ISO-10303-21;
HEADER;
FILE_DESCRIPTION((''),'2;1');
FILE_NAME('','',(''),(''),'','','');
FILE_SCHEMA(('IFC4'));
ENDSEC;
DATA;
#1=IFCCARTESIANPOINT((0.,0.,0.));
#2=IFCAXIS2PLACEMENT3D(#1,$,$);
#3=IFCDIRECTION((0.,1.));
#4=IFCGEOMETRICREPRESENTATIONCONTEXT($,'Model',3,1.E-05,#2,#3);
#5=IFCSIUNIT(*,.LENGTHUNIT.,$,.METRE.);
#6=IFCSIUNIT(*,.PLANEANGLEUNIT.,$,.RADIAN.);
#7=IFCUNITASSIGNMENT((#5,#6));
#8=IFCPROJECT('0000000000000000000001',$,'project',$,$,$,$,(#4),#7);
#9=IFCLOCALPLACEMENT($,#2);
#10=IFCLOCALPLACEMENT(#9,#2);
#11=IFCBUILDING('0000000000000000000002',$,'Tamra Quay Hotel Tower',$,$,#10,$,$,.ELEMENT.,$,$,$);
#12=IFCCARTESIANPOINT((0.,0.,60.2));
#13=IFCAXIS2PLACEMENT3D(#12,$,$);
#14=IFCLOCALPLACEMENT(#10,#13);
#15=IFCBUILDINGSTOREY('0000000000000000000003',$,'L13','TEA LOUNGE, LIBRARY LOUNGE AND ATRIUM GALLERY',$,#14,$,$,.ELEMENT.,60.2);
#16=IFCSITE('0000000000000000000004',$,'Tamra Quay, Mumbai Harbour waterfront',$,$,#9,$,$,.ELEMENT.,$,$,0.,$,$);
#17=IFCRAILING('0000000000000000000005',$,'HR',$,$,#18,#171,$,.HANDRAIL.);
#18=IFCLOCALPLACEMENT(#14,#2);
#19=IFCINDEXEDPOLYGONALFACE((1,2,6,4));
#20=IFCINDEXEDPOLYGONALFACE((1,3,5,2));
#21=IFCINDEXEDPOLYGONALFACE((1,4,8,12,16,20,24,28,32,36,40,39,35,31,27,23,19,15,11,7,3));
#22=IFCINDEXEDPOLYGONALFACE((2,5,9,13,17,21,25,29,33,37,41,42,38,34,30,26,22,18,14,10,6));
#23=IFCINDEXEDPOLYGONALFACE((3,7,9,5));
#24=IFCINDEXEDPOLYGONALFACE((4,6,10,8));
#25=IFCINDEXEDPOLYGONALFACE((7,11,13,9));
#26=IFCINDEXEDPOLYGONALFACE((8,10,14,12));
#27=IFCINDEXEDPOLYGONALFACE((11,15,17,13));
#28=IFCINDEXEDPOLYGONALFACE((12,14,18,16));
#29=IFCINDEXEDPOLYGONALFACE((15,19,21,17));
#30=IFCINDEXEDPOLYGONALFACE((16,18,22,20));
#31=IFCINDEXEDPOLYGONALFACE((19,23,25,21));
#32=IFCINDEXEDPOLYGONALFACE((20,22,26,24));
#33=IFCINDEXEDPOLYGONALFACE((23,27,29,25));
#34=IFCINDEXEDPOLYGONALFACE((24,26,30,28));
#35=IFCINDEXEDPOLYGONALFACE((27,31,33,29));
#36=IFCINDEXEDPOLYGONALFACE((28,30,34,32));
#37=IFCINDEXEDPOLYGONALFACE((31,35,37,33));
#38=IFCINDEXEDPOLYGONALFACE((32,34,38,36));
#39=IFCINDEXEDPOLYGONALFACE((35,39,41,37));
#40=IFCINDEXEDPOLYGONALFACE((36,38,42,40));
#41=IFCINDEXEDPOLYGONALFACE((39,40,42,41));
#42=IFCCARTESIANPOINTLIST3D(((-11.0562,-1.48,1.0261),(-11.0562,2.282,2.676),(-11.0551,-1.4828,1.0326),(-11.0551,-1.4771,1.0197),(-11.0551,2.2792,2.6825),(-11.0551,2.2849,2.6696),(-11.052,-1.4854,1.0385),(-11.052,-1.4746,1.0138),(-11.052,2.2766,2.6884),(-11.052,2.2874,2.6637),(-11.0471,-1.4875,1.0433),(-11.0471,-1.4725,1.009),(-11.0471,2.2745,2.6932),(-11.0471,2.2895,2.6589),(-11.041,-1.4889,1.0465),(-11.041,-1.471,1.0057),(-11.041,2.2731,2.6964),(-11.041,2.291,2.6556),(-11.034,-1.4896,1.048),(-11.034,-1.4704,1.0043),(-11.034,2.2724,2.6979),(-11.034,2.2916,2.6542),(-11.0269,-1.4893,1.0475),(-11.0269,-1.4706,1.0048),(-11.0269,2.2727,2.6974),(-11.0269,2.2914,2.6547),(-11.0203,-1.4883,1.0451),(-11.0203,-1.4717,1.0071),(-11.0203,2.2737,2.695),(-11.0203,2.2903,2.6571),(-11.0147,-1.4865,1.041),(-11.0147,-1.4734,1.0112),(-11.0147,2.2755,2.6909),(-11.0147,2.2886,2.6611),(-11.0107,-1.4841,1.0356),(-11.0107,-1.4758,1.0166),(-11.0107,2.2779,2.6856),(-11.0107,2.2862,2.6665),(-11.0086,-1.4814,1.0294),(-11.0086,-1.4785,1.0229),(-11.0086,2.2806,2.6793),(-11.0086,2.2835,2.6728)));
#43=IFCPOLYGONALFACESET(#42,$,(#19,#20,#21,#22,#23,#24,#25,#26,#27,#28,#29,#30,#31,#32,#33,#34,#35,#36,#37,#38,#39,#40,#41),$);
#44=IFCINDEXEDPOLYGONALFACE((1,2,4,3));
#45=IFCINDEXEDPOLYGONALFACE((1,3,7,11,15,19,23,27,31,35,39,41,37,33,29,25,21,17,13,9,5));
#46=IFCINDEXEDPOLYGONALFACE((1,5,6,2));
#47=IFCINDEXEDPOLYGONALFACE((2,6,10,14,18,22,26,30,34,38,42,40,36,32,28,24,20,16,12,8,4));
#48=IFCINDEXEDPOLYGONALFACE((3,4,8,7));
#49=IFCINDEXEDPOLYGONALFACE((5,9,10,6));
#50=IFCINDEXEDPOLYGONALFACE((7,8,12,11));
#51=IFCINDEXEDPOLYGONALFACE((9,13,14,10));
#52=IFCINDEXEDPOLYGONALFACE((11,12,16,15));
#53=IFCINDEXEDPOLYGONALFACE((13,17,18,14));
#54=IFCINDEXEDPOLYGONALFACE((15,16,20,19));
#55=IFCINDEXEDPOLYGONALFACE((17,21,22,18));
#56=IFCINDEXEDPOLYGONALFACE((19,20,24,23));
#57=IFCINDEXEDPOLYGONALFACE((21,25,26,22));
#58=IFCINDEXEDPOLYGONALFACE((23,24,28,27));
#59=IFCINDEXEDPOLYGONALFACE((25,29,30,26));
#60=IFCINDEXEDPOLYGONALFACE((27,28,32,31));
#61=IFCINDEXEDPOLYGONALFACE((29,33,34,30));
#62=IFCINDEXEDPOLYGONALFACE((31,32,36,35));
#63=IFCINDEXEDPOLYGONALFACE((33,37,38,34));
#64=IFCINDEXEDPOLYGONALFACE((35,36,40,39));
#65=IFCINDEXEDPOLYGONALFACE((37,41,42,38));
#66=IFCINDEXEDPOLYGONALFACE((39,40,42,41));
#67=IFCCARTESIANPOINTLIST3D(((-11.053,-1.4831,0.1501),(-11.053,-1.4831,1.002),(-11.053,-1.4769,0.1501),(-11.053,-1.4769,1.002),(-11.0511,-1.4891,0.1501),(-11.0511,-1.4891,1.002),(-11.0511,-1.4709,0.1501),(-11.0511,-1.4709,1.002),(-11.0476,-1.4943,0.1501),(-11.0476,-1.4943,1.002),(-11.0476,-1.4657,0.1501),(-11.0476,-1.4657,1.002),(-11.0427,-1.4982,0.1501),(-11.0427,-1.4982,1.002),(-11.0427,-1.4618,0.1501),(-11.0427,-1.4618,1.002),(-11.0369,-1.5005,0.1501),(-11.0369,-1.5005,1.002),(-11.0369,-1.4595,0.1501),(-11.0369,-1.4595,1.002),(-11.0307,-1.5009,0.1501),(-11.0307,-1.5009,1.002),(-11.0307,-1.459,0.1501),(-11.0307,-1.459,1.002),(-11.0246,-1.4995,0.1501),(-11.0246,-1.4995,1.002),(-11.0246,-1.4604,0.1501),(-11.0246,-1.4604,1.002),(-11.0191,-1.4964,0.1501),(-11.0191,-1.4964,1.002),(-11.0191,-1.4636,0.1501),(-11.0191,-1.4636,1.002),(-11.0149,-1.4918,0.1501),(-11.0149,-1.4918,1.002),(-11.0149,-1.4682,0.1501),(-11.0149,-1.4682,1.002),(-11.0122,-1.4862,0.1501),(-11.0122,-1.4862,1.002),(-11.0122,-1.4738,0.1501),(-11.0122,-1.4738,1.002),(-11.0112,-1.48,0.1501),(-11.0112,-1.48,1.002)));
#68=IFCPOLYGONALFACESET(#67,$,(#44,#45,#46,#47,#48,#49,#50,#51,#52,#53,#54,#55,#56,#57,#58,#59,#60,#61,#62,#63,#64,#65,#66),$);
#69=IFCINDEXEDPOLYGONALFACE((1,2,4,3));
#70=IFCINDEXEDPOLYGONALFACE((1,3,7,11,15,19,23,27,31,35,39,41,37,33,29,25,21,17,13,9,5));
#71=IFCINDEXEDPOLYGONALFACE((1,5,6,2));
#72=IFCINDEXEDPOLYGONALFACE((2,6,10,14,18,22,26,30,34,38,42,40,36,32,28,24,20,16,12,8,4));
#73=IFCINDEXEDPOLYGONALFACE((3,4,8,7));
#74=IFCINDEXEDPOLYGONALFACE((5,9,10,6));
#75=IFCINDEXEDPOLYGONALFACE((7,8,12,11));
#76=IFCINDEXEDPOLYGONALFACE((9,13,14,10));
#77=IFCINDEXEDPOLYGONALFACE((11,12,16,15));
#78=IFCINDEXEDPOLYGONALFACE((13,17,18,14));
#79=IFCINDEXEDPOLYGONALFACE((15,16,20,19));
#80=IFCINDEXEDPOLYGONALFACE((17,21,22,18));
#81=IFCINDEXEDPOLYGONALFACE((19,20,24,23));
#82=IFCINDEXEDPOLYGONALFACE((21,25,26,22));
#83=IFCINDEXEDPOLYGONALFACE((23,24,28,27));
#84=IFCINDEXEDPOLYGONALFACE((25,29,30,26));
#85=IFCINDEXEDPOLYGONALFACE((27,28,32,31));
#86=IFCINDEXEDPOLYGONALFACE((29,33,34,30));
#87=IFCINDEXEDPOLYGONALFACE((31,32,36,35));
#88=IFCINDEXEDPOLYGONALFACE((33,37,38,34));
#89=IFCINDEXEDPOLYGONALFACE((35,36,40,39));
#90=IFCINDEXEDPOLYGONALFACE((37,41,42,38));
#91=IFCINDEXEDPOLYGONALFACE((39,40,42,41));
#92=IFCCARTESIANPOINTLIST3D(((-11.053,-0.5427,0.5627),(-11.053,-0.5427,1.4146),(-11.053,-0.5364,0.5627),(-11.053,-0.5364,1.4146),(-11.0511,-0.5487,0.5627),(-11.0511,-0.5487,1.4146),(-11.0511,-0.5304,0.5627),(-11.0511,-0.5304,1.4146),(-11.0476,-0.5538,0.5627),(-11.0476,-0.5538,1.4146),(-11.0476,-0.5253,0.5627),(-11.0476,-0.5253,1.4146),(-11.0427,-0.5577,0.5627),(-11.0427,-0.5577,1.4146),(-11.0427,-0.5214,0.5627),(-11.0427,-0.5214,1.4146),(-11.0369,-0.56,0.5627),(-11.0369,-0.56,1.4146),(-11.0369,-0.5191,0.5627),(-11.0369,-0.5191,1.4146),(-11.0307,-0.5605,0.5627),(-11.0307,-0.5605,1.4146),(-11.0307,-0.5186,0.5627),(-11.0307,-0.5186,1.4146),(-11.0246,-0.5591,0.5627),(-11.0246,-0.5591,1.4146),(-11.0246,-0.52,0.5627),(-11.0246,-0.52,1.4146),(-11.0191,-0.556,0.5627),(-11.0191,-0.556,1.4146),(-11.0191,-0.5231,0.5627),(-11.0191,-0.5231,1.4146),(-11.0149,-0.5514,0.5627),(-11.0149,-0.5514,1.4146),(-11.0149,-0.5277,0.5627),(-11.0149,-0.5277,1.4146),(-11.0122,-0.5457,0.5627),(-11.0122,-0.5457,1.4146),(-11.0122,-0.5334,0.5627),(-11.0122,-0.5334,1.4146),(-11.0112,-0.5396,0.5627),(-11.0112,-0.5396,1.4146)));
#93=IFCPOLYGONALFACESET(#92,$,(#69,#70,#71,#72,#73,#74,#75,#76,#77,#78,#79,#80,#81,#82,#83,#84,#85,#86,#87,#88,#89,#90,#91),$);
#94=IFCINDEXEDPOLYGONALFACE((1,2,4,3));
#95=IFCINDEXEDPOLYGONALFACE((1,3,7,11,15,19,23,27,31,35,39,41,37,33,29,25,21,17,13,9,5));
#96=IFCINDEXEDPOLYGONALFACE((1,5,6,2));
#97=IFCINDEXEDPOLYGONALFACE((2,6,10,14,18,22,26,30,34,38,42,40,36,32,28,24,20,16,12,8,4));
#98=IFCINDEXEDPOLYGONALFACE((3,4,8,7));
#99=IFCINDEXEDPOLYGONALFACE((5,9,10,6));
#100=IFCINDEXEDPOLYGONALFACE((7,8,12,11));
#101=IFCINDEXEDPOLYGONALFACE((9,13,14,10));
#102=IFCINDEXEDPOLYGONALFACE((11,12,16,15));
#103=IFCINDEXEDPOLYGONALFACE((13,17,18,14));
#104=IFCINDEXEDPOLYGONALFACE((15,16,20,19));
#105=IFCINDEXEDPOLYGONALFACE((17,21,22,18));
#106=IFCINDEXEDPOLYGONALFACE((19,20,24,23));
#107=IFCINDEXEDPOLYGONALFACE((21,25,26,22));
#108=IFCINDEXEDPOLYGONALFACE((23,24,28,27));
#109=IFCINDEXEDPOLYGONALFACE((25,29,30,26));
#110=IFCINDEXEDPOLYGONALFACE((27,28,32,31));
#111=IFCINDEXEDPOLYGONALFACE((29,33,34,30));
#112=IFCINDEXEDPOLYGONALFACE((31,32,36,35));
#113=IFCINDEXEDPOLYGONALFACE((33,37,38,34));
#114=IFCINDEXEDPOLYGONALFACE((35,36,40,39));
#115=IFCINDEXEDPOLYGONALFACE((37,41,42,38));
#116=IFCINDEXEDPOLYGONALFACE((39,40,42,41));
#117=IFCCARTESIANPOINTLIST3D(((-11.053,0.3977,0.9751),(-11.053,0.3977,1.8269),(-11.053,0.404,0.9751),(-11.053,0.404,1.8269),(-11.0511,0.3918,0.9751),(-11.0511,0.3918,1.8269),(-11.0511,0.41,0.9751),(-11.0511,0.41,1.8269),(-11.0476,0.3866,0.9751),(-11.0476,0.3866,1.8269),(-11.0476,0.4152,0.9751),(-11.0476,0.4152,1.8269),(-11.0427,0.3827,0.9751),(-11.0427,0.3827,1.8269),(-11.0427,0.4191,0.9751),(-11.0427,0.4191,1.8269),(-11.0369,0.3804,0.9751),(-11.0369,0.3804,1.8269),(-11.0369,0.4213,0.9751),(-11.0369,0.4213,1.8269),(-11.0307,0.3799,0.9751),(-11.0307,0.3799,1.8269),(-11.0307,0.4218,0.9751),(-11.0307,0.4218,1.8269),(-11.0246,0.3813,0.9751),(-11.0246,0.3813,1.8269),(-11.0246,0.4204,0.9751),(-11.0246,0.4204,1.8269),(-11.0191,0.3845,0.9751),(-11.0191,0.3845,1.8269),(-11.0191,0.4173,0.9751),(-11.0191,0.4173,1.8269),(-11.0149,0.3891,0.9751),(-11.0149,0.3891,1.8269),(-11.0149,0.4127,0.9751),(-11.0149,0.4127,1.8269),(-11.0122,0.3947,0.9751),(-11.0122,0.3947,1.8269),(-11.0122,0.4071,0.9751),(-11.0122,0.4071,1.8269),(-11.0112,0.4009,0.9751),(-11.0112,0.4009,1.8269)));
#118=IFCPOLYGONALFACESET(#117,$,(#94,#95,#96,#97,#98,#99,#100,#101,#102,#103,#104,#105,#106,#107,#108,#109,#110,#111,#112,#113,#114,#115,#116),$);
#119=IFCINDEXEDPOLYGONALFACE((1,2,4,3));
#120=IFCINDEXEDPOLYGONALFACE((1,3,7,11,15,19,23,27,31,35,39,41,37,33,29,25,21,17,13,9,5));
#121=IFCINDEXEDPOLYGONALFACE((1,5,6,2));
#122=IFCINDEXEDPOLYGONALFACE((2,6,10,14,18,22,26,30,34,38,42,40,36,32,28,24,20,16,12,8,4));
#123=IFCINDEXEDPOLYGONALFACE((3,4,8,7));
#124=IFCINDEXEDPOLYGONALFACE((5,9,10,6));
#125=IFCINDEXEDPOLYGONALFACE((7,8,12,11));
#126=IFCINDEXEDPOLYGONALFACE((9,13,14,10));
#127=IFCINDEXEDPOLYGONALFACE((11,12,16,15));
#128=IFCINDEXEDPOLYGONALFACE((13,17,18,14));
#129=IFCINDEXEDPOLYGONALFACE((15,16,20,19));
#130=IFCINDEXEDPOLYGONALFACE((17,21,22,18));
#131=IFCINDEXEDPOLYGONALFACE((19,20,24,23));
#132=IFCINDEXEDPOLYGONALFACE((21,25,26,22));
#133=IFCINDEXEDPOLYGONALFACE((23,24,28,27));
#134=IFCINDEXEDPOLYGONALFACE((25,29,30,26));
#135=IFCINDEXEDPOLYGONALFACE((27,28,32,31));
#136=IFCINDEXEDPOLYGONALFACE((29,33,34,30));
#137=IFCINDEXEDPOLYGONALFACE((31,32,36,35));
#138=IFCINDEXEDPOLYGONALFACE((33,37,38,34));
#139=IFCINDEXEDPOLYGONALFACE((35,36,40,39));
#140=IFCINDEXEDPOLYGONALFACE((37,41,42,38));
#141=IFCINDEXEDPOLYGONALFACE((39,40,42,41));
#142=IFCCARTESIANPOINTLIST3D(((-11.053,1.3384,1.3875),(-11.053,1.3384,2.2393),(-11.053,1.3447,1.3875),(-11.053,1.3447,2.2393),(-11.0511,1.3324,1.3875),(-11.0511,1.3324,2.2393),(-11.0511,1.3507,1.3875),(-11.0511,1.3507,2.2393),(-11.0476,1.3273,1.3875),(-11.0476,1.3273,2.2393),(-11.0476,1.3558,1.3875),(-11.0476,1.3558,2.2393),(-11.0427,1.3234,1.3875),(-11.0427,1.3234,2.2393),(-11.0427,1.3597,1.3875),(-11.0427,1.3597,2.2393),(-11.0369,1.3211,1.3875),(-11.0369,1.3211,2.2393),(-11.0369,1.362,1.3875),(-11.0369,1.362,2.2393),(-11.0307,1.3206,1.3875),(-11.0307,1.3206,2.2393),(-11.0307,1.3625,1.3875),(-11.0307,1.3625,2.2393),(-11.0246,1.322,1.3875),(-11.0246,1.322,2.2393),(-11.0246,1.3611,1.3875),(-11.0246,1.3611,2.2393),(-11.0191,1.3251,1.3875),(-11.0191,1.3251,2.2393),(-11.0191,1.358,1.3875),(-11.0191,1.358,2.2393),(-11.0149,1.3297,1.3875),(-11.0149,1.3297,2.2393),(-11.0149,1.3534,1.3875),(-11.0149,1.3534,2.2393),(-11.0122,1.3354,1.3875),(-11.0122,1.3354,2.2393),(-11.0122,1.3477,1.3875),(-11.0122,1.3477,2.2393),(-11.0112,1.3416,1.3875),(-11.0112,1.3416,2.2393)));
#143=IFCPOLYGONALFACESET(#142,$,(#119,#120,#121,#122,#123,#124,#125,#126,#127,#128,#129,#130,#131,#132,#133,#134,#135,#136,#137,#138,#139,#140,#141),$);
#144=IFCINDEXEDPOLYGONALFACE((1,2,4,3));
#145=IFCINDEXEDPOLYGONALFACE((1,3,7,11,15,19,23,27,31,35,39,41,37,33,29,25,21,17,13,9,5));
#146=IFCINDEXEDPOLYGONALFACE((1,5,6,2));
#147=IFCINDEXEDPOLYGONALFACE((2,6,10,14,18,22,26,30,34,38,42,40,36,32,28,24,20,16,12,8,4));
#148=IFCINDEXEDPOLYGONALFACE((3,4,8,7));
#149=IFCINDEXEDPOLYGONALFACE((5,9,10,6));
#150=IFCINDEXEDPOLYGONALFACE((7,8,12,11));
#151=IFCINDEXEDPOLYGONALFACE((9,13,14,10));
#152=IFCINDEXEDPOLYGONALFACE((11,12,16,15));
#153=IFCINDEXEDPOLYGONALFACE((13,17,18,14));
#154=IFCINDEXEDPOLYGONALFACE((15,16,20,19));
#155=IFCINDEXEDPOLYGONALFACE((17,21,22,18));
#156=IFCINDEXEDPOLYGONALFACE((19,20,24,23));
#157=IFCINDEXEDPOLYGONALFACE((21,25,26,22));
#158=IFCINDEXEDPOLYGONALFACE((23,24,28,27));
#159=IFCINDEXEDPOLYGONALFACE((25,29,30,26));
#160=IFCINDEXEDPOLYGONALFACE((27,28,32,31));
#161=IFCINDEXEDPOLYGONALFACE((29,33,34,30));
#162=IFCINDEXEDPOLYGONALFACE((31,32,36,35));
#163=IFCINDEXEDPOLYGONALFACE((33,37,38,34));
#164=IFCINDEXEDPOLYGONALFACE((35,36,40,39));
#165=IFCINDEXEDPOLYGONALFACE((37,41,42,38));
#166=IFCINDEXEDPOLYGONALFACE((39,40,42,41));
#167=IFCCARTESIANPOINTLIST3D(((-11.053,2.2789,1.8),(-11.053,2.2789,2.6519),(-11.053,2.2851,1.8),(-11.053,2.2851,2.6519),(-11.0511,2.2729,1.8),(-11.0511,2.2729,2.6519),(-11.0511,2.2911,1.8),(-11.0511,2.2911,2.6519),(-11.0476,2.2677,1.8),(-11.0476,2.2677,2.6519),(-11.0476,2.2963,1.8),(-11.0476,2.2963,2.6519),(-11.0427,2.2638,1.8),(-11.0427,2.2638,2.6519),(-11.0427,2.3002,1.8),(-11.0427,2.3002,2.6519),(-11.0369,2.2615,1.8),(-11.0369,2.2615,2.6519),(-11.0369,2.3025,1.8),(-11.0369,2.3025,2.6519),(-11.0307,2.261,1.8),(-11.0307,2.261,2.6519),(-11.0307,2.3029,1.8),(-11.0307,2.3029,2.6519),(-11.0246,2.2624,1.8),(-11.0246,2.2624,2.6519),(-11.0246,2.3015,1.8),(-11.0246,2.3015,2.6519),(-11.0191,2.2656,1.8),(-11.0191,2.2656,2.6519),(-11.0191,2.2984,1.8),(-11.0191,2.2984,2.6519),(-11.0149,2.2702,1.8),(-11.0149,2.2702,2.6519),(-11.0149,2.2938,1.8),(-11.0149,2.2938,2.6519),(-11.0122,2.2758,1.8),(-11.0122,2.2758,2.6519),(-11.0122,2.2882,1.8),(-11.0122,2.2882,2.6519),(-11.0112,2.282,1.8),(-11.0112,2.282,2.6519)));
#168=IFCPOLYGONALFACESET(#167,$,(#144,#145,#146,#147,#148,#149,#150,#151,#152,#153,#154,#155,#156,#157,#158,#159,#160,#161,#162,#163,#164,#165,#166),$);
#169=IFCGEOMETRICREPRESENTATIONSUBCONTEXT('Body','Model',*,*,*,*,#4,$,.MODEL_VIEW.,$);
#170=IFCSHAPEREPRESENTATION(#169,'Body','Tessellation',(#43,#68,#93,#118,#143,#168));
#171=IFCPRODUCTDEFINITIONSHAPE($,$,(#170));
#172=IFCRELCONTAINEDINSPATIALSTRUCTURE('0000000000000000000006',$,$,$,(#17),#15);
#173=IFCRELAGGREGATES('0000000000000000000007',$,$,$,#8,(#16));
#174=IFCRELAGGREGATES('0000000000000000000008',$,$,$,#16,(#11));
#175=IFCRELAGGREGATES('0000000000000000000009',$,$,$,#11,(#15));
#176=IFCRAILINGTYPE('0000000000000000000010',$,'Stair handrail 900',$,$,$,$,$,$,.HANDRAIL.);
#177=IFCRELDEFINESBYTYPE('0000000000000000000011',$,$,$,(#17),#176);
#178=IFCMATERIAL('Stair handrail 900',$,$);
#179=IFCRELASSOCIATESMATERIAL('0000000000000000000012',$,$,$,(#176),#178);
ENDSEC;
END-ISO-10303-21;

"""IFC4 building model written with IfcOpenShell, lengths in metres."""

from ifc_helpers import new_model, si_unit, direction, frame, origin, origin_2d, place, context, subcontext, project, spatial, circle, extrude, material, type_object, element, save


model = new_model("IFC4")

# Units and contexts
model_context = context("Model", 3, precision=1e-05, world=origin(), true_north=direction((0.0, 1.0)))
body_context = subcontext(model_context, "Body", "Model", "MODEL_VIEW")
ifc_project = project(units=[si_unit("LENGTHUNIT", "METRE"), si_unit("PLANEANGLEUNIT", "RADIAN")], contexts=[model_context])

# Site, building, storey
site_placement = place(None, origin())
site = spatial("IfcSite", under=ifc_project, at=site_placement, Name="Tamra Quay, Mumbai Harbour waterfront", CompositionType="ELEMENT", RefElevation=0.0)
building_placement = place(site_placement, origin())
building = spatial("IfcBuilding", under=site, at=building_placement, Name="Tamra Quay Hotel Tower", CompositionType="ELEMENT")
storey_placement = place(building_placement, frame((0.0, 0.0, 60.2)))
storey = spatial("IfcBuildingStorey", under=building, at=storey_placement, Name="L13", Description="TEA LOUNGE, LIBRARY LOUNGE AND ATRIUM GALLERY", CompositionType="ELEMENT", Elevation=60.2)

# Railing
ifc_material_1 = material(Name="Stair handrail 900")
railing_type = type_object("IfcRailingType", Name="Stair handrail 900", PredefinedType="HANDRAIL", material=ifc_material_1)
railing_placement = place(storey_placement, frame((-11.0322, -1.48, 0.1501)))
element("IfcRailing", 1, at=railing_placement, inside=storey, type_object=railing_type, Name="HR", PredefinedType="HANDRAIL", context=body_context, shape_type="SweptSolid", body=[
    extrude(circle(Radius=0.0239, at=origin_2d()), frame((0.0, 0.0, 0.876), z_axis=(0.0, 0.915795, 0.401645), x_axis=(-1.0, 0.0, 0.0)), (0.0, 0.0, 1.0), 4.1079),
    extrude(circle(Radius=0.021, at=origin_2d()), origin(), (0.0, 0.0, 1.0), 0.8518),
    extrude(circle(Radius=0.021, at=origin_2d()), frame((0.0, 0.9404, 0.4126)), (0.0, 0.0, 1.0), 0.8518),
    extrude(circle(Radius=0.021, at=origin_2d()), frame((0.0, 1.8809, 0.825)), (0.0, 0.0, 1.0), 0.8518),
    extrude(circle(Radius=0.021, at=origin_2d()), frame((0.0, 2.8215, 1.2373)), (0.0, 0.0, 1.0), 0.8518),
    extrude(circle(Radius=0.021, at=origin_2d()), frame((0.0, 3.762, 1.6499)), (0.0, 0.0, 1.0), 0.8518),
])

save(model, "model.ifc")
